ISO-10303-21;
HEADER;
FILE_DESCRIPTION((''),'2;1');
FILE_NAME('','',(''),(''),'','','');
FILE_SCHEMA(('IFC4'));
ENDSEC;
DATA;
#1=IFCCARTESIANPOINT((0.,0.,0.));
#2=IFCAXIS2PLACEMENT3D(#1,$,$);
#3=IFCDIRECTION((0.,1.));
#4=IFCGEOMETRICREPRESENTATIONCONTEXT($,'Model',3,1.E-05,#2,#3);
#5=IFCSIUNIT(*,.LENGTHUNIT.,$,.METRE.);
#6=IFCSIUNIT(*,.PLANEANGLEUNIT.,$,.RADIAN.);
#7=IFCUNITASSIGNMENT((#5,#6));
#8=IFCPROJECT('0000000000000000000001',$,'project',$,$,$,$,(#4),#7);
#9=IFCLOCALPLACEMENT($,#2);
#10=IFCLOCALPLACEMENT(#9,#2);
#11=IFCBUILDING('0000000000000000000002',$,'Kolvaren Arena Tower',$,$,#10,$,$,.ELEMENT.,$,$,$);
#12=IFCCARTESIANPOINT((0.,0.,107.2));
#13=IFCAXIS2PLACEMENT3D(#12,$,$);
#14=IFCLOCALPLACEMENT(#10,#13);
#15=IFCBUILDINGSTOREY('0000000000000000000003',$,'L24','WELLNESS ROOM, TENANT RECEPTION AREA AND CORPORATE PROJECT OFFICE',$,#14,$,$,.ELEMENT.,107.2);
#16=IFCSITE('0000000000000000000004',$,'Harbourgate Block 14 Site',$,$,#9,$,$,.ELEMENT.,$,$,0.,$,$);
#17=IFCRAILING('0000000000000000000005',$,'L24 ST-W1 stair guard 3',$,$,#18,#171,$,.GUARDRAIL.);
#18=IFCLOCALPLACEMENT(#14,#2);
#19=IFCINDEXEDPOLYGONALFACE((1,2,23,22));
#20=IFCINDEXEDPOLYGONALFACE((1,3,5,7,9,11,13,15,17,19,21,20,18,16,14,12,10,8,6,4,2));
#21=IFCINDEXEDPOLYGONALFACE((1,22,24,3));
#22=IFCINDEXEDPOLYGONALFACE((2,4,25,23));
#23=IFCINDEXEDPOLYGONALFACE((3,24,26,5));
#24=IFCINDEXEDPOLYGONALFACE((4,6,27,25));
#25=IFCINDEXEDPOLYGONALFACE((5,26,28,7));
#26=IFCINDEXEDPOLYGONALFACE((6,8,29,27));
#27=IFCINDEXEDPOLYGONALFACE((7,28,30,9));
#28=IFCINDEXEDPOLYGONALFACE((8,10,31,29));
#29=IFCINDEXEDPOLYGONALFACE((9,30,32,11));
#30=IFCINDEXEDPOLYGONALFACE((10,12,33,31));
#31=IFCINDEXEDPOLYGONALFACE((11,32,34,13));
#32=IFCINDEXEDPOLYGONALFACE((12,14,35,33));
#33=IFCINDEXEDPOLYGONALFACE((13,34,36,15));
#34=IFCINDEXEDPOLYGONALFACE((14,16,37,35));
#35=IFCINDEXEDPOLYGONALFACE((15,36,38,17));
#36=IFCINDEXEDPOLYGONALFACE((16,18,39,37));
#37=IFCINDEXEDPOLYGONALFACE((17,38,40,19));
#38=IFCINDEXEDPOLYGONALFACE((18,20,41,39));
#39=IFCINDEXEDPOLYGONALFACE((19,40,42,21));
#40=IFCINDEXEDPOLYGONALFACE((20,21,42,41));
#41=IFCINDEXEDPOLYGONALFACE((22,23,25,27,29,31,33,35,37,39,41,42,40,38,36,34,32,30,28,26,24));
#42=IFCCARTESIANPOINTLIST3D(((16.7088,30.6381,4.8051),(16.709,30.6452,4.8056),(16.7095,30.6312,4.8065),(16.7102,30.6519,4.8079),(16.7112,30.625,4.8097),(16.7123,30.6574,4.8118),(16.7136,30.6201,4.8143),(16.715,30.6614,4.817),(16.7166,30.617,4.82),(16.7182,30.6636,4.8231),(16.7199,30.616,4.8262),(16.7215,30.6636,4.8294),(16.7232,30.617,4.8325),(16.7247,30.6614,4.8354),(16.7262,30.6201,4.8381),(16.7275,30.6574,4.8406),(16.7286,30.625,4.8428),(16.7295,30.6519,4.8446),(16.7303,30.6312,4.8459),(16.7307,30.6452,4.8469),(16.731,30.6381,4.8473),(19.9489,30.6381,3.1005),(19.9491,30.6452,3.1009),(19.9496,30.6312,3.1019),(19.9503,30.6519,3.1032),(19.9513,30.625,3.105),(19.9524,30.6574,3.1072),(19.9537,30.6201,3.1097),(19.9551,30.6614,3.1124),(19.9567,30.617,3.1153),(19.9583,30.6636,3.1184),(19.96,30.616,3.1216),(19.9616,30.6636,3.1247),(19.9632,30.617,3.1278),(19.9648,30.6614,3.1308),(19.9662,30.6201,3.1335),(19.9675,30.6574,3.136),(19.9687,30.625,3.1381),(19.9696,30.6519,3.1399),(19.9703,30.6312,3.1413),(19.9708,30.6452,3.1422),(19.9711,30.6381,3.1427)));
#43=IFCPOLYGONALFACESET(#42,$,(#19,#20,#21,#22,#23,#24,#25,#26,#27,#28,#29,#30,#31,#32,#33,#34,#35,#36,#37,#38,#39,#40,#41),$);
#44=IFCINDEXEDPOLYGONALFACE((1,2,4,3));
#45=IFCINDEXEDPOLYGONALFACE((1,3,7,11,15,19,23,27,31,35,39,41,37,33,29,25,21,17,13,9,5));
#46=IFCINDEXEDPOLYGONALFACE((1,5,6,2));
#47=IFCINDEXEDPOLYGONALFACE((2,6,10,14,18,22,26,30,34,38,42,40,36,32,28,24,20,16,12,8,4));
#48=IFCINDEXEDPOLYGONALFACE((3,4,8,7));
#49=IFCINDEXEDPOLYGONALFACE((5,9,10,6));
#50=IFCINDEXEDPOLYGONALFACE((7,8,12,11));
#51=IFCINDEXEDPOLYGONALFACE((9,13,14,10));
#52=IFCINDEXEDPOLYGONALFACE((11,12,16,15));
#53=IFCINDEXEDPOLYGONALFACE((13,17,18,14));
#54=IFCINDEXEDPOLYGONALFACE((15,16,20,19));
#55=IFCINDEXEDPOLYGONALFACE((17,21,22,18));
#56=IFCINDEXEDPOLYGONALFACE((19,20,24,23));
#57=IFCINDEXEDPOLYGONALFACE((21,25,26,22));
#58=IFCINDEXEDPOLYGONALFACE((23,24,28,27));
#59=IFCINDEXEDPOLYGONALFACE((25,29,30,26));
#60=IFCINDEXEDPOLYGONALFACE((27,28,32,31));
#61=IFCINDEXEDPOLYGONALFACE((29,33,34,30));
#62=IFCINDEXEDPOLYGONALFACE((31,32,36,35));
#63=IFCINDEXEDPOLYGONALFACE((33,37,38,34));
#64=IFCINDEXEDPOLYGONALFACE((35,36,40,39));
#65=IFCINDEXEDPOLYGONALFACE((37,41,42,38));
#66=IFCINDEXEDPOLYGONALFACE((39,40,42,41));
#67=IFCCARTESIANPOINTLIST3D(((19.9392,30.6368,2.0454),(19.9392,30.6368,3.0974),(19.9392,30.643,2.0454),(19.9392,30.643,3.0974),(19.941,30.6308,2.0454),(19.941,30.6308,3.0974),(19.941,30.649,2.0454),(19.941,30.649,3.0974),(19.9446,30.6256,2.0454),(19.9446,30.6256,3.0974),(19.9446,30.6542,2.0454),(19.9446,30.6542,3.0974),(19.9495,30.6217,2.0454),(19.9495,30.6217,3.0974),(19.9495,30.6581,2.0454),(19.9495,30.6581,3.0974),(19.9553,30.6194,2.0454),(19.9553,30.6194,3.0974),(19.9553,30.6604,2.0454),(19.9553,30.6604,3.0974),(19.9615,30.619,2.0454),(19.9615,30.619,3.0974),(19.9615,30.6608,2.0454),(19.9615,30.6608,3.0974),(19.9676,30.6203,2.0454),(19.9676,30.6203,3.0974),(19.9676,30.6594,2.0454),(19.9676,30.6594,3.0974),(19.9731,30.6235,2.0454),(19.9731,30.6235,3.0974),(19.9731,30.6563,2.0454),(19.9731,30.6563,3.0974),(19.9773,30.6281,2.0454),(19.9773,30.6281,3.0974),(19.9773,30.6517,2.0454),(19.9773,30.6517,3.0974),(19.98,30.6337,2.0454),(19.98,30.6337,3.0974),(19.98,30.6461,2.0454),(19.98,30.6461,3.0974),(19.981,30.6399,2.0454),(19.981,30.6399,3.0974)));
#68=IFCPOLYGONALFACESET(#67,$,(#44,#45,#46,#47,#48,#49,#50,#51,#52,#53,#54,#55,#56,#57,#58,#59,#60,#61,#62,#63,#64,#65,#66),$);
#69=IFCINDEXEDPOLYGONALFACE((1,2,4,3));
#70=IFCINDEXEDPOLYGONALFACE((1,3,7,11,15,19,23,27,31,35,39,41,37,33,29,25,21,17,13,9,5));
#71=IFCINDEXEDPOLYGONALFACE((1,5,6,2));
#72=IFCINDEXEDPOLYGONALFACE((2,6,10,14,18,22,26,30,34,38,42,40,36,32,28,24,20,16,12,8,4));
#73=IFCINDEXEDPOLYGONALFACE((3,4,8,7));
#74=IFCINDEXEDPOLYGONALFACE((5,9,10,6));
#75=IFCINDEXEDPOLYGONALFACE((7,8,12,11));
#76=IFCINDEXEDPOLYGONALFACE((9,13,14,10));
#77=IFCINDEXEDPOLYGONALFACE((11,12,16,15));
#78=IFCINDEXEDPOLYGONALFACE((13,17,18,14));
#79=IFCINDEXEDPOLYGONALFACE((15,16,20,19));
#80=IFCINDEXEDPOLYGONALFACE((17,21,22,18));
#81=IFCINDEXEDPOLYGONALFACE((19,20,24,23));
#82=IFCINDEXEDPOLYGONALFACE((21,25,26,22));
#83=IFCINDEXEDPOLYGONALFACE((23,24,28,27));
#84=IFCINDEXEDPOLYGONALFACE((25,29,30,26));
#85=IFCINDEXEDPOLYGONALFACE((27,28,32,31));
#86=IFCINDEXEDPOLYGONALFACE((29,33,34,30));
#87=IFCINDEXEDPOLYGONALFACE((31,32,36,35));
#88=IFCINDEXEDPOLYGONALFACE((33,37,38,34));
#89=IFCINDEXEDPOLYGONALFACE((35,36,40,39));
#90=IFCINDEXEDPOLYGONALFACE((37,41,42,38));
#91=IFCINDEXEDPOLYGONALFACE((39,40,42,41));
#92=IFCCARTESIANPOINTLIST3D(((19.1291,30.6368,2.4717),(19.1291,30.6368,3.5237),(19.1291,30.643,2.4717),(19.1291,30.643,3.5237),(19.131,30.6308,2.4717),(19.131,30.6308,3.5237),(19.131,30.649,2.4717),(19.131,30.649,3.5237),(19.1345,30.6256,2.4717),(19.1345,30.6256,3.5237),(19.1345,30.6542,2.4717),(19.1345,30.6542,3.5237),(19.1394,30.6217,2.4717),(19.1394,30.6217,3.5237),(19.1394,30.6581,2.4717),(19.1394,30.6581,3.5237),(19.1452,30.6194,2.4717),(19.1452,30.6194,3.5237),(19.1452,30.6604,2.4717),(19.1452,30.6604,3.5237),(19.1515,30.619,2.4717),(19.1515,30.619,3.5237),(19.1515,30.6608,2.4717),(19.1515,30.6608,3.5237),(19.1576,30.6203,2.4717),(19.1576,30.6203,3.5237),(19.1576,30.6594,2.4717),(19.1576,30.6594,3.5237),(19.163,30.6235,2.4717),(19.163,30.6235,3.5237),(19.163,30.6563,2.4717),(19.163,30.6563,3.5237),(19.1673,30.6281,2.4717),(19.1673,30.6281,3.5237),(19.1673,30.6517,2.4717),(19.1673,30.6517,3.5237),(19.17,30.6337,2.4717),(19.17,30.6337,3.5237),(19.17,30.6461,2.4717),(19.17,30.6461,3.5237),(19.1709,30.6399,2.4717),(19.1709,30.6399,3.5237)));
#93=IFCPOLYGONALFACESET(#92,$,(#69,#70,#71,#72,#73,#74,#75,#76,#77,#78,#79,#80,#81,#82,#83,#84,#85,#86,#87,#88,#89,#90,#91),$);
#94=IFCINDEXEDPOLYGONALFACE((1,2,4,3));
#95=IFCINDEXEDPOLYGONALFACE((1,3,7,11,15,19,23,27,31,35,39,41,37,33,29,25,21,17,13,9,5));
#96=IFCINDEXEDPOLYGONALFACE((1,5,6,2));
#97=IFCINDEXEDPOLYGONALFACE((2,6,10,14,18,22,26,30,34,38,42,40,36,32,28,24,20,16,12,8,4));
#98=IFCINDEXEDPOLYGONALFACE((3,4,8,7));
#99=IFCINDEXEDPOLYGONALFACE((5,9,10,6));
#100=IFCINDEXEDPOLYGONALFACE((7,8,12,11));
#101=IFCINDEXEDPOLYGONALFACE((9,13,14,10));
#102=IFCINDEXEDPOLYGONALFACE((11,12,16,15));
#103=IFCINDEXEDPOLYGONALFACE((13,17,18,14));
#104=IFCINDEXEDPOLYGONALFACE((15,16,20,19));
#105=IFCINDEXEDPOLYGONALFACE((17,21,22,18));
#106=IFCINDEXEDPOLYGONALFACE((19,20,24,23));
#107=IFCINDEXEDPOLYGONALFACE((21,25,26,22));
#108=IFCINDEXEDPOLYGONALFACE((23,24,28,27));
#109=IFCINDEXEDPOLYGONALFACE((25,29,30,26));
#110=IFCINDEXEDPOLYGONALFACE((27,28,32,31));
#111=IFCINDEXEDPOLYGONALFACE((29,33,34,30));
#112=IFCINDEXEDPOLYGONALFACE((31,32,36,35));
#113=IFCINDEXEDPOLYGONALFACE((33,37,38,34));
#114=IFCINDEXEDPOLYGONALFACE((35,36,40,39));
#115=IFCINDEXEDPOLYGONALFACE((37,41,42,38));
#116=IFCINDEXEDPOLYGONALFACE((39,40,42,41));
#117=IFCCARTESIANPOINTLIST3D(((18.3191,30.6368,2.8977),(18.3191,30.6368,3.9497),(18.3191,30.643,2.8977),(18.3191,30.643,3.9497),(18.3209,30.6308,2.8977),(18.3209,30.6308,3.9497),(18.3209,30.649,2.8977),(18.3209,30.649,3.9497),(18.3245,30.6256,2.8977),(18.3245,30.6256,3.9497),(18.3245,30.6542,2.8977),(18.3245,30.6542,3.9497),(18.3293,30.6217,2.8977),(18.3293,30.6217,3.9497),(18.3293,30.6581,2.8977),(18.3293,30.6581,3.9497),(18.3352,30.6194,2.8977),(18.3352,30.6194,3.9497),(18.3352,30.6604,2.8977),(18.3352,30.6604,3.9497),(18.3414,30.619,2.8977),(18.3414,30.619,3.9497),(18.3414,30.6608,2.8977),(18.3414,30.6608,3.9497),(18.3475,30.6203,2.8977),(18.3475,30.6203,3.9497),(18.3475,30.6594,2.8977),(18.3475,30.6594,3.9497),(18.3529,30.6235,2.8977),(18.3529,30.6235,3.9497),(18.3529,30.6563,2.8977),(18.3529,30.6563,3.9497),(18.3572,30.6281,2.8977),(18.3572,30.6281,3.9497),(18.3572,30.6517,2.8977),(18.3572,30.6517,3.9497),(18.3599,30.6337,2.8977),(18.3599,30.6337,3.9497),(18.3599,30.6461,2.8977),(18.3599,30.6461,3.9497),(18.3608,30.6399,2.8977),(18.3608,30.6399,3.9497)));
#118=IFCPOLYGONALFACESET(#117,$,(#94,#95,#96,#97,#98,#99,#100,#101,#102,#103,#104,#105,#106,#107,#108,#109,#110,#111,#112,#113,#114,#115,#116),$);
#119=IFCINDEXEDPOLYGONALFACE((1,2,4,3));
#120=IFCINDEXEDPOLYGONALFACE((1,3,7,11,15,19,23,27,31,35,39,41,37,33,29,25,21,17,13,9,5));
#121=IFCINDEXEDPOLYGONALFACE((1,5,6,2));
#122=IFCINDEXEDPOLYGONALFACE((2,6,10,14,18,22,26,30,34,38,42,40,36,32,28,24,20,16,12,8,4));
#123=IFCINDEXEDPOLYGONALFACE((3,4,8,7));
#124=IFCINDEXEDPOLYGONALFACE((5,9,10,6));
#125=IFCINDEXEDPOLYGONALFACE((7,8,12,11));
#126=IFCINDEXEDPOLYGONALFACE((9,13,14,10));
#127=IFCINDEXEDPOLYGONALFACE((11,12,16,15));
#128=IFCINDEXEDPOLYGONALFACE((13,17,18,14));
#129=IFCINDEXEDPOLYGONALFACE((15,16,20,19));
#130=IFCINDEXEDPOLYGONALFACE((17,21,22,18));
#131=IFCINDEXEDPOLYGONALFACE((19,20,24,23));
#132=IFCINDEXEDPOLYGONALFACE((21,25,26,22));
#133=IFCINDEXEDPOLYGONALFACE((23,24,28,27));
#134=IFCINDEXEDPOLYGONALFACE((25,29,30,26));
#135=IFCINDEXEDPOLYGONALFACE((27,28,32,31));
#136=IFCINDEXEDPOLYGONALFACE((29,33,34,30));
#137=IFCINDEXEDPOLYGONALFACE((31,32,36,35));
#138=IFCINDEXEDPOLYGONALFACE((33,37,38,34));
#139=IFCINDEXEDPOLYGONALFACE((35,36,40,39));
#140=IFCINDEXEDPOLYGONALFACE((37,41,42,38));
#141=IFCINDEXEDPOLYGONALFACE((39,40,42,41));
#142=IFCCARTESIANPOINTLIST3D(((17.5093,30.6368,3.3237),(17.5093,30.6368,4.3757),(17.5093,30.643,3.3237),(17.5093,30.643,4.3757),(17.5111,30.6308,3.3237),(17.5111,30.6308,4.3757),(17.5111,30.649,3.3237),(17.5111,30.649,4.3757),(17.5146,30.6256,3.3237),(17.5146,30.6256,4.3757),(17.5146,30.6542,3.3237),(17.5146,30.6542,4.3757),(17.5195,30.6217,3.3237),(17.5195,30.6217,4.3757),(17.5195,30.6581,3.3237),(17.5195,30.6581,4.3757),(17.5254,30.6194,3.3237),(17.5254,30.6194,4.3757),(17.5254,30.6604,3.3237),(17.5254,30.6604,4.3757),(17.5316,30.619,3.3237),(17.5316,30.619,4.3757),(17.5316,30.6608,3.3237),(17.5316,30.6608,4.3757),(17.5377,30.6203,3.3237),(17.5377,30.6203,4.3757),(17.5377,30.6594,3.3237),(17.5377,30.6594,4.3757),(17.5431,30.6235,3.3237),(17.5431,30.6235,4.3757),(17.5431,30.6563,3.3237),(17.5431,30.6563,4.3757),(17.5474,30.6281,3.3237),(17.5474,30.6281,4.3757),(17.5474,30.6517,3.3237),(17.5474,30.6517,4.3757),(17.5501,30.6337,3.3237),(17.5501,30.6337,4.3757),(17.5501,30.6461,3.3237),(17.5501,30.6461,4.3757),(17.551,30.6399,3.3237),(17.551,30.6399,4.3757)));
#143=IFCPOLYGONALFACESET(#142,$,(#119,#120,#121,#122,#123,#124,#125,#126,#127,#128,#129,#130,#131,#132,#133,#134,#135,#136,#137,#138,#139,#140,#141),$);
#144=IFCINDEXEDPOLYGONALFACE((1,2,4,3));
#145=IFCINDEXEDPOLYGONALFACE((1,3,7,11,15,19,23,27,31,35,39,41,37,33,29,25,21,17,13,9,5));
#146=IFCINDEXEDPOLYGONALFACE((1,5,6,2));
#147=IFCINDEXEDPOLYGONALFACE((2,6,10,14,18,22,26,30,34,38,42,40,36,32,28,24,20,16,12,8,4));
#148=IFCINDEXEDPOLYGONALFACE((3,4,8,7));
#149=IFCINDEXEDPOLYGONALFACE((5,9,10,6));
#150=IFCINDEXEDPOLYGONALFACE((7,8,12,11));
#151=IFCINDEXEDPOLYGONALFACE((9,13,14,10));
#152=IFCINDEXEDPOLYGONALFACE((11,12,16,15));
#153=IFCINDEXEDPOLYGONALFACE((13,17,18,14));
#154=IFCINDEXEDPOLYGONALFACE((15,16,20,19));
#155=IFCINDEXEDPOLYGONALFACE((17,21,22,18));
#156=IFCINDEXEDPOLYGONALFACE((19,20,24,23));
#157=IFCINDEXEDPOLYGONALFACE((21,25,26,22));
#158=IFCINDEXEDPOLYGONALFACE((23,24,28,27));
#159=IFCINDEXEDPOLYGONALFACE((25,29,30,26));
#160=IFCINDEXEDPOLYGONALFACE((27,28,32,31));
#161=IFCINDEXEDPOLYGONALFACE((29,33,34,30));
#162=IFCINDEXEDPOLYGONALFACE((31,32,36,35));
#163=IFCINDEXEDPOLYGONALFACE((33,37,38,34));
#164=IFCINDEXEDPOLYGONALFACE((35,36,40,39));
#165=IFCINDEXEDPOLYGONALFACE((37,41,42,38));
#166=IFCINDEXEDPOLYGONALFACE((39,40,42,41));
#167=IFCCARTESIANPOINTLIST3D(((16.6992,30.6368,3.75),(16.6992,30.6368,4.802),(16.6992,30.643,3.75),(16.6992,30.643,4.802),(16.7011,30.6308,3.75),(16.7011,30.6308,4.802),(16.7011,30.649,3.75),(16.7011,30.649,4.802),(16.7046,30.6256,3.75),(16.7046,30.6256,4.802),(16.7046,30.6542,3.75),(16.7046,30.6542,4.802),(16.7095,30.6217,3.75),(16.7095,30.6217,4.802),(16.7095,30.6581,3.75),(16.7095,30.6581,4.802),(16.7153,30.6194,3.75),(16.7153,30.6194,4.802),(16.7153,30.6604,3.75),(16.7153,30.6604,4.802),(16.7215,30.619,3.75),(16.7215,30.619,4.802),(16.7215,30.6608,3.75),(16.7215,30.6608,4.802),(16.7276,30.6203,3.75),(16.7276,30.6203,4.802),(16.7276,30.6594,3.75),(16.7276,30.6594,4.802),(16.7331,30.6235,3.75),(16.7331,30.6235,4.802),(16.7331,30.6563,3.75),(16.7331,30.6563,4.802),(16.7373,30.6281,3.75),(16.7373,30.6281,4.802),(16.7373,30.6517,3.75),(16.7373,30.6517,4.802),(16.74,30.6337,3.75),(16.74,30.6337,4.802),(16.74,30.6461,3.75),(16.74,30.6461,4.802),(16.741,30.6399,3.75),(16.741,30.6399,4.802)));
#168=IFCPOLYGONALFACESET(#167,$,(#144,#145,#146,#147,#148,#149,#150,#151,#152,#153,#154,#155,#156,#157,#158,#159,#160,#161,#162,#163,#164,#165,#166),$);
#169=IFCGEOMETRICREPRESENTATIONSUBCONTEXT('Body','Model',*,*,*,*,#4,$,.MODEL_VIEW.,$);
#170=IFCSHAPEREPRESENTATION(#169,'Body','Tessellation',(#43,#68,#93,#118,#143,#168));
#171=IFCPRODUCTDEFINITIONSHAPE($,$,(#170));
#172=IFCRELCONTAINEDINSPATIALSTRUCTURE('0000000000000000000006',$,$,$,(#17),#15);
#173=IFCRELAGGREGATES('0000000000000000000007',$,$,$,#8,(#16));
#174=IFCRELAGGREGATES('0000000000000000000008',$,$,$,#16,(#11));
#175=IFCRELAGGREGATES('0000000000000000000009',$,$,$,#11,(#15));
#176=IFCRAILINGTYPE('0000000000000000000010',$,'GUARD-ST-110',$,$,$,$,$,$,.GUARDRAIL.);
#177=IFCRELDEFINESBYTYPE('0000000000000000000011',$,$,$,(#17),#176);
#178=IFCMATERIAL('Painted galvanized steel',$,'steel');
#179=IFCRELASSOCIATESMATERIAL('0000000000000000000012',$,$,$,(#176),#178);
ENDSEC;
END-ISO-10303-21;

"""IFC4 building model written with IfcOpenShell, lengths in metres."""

from ifc_helpers import new_model, si_unit, direction, frame, origin, origin_2d, place, context, subcontext, project, spatial, circle, extrude, material, type_object, element, save


model = new_model("IFC4")

# Units and contexts
model_context = context("Model", 3, precision=1e-05, world=origin(), true_north=direction((0.0, 1.0)))
body_context = subcontext(model_context, "Body", "Model", "MODEL_VIEW")
ifc_project = project(units=[si_unit("LENGTHUNIT", "METRE"), si_unit("PLANEANGLEUNIT", "RADIAN")], contexts=[model_context])

# Site, building, storey
site_placement = place(None, origin())
site = spatial("IfcSite", under=ifc_project, at=site_placement, Name="Harbourgate Block 14 Site", CompositionType="ELEMENT", RefElevation=0.0)
building_placement = place(site_placement, origin())
building = spatial("IfcBuilding", under=site, at=building_placement, Name="Kolvaren Arena Tower", CompositionType="ELEMENT")
storey_placement = place(building_placement, frame((0.0, 0.0, 107.2)))
storey = spatial("IfcBuildingStorey", under=building, at=storey_placement, Name="L24", Description="WELLNESS ROOM, TENANT RECEPTION AREA AND CORPORATE PROJECT OFFICE", CompositionType="ELEMENT", Elevation=107.2)

# Railing
ifc_material_1 = material(Name="Painted galvanized steel", Category="steel")
railing_type_1 = type_object("IfcRailingType", Name="GUARD-ST-110", PredefinedType="GUARDRAIL", material=ifc_material_1)
railing_1_placement = place(storey_placement, frame((19.96, 30.6399, 2.0454)))
element("IfcRailing", 1, at=railing_1_placement, inside=storey, type_object=railing_type_1, Name="L24 ST-W1 stair guard 3", PredefinedType="GUARDRAIL", context=body_context, shape_type="SweptSolid", body=[
    extrude(circle(Radius=0.0239, at=origin_2d()), frame((0.0, 0.0, 1.0762), z_axis=(-0.884993, 0.0, 0.465604), x_axis=(0.0, -1.0, 0.0)), (0.0, 0.0, 1.0), 3.6611),
    extrude(circle(Radius=0.021, at=origin_2d()), origin(), (0.0, 0.0, 1.0), 1.052),
    extrude(circle(Radius=0.021, at=origin_2d()), frame((-0.8101, 0.0, 0.4263)), (0.0, 0.0, 1.0), 1.052),
    extrude(circle(Radius=0.021, at=origin_2d()), frame((-1.6201, 0.0, 0.8523)), (0.0, 0.0, 1.0), 1.052),
    extrude(circle(Radius=0.021, at=origin_2d()), frame((-2.4299, 0.0, 1.2783)), (0.0, 0.0, 1.0), 1.052),
    extrude(circle(Radius=0.021, at=origin_2d()), frame((-3.24, 0.0, 1.7046)), (0.0, 0.0, 1.0), 1.052),
])

save(model, "model.ifc")
